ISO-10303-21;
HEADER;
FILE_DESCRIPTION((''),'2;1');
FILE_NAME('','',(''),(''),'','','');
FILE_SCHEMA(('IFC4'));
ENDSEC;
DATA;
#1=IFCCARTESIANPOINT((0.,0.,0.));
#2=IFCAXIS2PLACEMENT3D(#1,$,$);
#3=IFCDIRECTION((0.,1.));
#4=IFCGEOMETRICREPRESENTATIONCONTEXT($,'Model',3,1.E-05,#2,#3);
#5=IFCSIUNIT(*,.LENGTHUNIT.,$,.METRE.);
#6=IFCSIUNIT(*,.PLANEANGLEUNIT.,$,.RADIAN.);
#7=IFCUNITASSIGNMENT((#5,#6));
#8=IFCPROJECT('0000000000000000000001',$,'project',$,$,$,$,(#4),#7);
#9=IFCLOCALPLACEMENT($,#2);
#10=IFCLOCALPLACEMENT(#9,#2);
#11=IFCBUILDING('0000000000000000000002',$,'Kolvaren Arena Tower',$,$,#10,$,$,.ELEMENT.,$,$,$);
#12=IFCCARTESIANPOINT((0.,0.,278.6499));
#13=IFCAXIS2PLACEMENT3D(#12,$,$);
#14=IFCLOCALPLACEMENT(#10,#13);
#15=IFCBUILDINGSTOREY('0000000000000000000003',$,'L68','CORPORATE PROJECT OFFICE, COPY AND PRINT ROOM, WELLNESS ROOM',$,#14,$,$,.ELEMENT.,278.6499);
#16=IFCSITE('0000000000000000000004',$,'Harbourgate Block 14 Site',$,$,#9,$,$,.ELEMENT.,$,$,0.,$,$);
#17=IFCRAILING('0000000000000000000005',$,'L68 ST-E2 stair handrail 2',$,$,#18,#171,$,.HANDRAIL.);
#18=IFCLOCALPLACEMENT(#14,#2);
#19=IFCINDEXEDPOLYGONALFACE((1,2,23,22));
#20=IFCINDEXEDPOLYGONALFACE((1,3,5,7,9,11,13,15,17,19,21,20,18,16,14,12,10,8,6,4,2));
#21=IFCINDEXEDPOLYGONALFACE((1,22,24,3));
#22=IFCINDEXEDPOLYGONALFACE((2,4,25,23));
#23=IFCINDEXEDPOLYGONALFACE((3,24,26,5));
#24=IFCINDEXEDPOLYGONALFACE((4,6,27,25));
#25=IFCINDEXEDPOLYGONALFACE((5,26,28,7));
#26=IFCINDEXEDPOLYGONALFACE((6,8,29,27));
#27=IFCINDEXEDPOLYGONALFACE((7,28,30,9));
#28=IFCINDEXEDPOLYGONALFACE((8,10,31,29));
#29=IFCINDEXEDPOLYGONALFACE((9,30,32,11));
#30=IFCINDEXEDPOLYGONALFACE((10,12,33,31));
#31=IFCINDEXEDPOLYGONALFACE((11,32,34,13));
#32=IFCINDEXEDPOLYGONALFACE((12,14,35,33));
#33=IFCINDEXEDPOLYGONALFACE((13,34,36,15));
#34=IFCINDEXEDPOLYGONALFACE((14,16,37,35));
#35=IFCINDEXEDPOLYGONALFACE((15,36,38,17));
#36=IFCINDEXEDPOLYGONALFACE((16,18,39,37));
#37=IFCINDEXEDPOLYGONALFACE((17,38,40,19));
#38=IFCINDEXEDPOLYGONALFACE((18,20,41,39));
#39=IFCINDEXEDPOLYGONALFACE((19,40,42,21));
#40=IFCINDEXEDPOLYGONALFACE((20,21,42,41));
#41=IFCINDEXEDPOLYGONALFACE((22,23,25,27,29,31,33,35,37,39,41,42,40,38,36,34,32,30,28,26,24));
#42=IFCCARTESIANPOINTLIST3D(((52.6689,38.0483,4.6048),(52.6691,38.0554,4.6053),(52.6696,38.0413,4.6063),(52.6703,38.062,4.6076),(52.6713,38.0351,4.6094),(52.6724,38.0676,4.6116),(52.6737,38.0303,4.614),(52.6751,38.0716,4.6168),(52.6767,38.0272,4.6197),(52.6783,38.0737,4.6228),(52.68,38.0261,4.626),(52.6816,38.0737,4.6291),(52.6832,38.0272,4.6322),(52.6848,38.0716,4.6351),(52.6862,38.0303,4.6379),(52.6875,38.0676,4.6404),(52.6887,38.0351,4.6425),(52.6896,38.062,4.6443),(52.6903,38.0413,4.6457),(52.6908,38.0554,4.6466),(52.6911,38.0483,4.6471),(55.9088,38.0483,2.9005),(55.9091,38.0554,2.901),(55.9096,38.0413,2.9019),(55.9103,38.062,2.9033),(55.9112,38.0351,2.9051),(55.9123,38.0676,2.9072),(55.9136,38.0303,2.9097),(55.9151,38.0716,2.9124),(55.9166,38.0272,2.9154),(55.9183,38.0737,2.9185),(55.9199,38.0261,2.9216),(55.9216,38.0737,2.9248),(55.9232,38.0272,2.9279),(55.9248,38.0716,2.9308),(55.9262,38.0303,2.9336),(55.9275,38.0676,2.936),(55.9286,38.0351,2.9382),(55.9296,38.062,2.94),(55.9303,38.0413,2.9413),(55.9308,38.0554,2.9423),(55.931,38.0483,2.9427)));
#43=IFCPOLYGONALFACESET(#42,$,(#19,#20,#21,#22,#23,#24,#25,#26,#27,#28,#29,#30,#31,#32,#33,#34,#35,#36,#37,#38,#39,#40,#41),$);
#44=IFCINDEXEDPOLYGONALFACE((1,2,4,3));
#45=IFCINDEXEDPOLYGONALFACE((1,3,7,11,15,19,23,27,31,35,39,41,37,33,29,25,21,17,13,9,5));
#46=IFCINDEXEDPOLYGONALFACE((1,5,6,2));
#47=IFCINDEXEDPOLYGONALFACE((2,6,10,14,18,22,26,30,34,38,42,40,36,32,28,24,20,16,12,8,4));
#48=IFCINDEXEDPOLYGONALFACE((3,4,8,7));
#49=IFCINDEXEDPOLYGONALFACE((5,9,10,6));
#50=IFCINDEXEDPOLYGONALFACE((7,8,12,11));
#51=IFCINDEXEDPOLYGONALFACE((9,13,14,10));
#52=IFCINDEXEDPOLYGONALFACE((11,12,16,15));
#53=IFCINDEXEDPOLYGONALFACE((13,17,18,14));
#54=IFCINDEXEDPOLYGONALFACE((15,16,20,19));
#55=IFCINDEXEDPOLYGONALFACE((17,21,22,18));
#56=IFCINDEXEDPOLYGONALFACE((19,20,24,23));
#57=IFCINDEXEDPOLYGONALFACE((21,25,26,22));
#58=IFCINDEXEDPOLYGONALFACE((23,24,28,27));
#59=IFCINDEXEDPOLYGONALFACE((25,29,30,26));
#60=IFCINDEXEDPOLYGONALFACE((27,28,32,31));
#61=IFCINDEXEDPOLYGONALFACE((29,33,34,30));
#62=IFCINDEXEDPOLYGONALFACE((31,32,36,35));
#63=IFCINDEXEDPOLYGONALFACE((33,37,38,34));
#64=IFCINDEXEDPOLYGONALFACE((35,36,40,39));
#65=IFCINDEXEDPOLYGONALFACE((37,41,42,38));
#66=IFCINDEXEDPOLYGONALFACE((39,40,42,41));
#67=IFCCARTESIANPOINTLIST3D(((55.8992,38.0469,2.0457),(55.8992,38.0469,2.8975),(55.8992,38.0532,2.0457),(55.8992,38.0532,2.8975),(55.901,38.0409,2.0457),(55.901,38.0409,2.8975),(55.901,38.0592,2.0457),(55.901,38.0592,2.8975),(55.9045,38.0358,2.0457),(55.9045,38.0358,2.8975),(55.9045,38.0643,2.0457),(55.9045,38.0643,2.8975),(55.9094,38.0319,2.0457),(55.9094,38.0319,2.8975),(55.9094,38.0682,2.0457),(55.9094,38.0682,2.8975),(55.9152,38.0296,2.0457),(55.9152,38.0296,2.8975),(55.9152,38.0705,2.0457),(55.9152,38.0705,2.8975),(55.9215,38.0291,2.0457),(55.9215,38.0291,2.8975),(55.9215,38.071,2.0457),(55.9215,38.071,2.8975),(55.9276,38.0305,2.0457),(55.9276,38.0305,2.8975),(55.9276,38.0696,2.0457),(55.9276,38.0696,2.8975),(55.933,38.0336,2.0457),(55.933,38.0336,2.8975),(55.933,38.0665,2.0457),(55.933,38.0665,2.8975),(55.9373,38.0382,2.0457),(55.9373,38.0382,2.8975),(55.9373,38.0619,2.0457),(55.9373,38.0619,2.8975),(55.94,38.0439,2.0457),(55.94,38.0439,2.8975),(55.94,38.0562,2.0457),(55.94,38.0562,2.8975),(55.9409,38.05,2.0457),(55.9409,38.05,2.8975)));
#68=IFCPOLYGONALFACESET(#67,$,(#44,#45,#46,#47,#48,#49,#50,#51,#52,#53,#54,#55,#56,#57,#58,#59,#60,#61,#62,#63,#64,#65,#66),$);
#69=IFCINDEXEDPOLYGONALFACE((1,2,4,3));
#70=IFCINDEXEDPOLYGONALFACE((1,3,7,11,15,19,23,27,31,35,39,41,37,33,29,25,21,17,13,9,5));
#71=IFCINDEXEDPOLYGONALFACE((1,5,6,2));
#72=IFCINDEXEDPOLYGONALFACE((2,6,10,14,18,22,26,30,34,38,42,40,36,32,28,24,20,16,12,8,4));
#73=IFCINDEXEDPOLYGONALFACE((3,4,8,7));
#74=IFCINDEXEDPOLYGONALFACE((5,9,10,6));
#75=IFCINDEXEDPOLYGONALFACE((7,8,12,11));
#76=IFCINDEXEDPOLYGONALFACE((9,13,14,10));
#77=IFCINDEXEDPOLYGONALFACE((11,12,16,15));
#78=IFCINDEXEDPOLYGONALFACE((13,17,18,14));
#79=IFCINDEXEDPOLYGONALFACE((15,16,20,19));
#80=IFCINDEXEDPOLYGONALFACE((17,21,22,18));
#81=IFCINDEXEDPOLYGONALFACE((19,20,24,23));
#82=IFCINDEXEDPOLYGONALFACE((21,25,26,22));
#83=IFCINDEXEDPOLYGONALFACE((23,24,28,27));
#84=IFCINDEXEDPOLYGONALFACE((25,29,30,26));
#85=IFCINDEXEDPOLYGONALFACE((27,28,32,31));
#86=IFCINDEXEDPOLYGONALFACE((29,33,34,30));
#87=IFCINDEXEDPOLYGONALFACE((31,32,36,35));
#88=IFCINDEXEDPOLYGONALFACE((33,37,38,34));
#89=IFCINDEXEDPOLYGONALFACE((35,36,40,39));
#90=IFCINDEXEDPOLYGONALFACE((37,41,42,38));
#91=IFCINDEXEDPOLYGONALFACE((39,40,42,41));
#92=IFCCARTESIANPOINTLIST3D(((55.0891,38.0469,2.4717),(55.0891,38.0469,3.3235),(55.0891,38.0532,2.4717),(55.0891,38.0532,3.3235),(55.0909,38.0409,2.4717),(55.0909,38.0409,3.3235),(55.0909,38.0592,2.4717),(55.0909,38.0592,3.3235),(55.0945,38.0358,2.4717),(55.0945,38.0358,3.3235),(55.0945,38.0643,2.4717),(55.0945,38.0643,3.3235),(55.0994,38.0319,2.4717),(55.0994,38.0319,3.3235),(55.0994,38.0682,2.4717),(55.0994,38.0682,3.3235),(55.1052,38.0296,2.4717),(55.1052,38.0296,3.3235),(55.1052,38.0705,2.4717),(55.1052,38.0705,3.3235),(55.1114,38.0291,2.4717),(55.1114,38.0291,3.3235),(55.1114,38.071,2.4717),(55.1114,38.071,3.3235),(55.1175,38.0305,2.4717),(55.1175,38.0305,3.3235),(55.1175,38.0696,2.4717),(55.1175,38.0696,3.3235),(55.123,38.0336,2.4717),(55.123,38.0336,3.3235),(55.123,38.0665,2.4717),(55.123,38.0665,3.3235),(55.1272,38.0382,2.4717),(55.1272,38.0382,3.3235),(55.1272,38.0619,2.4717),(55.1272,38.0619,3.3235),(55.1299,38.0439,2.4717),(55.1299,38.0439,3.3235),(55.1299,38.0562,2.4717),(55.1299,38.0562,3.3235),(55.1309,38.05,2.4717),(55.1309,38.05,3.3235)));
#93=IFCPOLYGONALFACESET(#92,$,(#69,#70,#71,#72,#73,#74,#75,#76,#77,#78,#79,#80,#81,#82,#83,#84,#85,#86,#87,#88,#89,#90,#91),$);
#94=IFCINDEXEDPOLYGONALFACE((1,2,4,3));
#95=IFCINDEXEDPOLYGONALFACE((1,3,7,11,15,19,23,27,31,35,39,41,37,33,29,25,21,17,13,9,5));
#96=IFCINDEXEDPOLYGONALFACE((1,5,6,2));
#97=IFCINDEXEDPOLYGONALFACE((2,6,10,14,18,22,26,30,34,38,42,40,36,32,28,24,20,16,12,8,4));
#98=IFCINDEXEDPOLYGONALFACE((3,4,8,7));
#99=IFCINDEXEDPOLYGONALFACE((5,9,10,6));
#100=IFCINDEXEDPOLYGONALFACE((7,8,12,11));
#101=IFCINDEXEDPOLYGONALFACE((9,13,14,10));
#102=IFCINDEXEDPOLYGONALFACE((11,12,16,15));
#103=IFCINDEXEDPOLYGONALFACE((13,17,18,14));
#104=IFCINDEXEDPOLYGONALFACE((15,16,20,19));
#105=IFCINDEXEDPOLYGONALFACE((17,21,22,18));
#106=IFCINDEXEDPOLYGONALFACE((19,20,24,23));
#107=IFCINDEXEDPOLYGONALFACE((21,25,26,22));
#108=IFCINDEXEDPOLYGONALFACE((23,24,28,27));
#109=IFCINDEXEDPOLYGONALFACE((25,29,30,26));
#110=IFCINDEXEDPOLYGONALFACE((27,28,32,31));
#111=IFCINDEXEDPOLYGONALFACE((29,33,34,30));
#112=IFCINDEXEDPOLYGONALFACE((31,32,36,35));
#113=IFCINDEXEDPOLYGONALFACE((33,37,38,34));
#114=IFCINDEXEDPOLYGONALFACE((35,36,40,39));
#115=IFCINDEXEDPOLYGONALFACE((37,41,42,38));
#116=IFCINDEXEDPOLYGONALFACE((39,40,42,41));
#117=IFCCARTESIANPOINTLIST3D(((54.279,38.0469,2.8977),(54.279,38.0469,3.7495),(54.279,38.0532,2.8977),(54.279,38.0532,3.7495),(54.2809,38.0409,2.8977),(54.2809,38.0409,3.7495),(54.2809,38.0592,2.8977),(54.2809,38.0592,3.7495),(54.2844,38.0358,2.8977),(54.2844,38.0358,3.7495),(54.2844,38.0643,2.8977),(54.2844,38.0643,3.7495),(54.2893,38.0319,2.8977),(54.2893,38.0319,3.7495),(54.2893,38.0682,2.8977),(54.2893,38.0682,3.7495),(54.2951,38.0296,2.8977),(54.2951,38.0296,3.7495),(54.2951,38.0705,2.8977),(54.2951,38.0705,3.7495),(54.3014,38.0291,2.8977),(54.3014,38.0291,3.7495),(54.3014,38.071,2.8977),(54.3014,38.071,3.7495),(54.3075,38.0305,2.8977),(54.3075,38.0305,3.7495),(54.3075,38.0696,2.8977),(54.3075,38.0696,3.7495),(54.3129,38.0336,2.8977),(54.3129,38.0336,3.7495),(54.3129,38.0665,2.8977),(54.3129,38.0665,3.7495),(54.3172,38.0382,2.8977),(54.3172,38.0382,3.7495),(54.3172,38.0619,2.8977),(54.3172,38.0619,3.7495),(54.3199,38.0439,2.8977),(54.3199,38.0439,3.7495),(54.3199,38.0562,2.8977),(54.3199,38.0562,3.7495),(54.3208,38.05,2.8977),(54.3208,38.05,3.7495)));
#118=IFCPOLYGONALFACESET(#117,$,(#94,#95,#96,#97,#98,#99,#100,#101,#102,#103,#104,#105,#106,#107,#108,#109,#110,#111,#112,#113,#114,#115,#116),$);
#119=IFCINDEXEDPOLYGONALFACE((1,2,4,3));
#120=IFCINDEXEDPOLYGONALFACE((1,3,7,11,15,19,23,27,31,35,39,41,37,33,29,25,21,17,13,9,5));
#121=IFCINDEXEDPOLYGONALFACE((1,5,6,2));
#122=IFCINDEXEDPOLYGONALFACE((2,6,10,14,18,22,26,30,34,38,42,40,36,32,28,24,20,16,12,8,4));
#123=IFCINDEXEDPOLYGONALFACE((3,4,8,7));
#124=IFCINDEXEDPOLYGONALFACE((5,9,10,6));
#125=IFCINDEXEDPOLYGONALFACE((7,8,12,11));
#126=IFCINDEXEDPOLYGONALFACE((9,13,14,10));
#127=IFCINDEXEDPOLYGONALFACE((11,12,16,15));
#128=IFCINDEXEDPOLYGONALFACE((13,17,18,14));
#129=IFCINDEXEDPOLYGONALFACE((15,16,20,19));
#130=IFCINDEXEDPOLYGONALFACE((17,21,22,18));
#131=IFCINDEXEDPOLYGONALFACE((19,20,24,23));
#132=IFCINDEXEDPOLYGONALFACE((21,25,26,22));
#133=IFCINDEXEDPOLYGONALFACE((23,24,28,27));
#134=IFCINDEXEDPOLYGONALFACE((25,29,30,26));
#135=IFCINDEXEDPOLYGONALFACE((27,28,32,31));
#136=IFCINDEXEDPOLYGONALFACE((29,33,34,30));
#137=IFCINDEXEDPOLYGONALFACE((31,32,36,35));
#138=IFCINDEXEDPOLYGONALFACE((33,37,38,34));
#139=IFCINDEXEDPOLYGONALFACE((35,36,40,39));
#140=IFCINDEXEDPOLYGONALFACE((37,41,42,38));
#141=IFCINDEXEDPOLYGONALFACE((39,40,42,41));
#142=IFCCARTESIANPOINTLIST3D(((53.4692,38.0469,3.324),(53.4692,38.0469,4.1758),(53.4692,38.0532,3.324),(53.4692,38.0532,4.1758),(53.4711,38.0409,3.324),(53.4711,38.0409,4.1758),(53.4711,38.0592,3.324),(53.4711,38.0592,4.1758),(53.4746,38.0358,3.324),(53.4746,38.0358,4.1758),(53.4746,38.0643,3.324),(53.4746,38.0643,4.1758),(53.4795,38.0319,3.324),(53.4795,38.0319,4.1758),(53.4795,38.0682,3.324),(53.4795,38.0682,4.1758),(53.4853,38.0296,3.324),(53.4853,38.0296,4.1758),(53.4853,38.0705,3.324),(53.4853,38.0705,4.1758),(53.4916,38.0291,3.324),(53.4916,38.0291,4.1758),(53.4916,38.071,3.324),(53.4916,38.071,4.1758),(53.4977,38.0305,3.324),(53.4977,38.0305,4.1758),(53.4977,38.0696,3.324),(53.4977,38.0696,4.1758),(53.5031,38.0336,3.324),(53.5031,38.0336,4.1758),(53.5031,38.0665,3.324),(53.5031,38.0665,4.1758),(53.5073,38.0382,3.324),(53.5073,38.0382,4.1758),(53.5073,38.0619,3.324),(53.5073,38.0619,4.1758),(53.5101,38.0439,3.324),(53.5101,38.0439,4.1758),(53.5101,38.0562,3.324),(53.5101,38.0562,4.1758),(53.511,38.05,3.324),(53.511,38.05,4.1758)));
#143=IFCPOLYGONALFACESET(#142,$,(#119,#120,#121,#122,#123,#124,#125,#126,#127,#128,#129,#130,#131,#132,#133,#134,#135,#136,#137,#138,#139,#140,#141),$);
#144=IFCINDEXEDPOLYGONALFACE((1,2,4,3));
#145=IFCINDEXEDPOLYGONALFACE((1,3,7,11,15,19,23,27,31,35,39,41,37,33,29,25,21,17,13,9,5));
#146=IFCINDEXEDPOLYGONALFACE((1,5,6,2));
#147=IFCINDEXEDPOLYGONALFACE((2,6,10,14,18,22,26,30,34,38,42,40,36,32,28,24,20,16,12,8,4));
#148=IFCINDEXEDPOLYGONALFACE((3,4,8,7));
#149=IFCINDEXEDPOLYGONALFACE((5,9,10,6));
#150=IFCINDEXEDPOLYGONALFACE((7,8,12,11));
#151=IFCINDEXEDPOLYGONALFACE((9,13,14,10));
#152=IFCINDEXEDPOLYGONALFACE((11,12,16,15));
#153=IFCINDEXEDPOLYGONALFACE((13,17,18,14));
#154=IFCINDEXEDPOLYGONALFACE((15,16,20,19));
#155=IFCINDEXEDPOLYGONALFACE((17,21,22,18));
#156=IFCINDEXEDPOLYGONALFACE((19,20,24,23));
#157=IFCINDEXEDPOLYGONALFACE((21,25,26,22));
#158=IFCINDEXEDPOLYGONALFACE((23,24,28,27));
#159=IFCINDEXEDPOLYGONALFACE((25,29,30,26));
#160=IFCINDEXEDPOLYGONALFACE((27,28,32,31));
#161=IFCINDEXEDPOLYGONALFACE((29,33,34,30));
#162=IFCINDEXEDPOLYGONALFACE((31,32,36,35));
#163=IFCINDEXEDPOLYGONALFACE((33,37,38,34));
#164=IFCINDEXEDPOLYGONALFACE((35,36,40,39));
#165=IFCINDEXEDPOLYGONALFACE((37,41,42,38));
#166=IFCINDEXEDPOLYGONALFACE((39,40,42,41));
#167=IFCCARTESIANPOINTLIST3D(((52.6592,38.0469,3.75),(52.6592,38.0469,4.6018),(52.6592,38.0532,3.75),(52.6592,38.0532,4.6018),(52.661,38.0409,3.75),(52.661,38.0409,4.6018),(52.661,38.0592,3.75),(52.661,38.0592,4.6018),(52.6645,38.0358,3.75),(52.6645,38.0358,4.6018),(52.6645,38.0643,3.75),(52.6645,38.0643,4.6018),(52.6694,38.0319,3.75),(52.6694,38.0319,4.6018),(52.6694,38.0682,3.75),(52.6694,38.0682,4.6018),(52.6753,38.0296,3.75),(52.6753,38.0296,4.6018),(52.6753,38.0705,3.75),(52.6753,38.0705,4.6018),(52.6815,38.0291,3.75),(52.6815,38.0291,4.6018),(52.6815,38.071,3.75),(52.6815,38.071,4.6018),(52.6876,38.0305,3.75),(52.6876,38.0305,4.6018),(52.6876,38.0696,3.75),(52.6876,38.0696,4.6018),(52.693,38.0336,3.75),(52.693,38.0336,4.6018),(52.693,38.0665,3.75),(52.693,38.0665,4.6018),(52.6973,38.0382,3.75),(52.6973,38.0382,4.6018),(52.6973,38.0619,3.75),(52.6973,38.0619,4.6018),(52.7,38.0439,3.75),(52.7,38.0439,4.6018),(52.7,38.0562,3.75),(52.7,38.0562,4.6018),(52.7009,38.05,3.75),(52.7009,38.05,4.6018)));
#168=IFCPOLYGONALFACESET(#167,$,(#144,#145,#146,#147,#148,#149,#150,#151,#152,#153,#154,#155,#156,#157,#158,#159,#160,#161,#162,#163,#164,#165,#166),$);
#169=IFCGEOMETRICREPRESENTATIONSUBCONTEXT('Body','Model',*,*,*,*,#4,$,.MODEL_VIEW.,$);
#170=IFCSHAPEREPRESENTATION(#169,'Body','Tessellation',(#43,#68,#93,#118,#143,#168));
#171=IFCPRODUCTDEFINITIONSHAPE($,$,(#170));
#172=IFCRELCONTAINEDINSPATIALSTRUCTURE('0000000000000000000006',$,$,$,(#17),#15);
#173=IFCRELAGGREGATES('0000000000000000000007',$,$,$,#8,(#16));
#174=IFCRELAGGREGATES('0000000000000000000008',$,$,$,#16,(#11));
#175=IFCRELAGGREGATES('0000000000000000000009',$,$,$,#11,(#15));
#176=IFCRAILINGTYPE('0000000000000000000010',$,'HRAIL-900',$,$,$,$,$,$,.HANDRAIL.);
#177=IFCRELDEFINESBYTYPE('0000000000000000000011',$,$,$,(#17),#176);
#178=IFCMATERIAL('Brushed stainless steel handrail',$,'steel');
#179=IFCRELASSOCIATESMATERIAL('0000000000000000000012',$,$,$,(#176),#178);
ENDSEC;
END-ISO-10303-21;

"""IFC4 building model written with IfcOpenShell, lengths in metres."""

from ifc_helpers import new_model, si_unit, direction, frame, origin, origin_2d, place, context, subcontext, project, spatial, circle, extrude, material, type_object, element, save


model = new_model("IFC4")

# Units and contexts
model_context = context("Model", 3, precision=1e-05, world=origin(), true_north=direction((0.0, 1.0)))
body_context = subcontext(model_context, "Body", "Model", "MODEL_VIEW")
ifc_project = project(units=[si_unit("LENGTHUNIT", "METRE"), si_unit("PLANEANGLEUNIT", "RADIAN")], contexts=[model_context])

# Site, building, storey
site_placement = place(None, origin())
site = spatial("IfcSite", under=ifc_project, at=site_placement, Name="Harbourgate Block 14 Site", CompositionType="ELEMENT", RefElevation=0.0)
building_placement = place(site_placement, origin())
building = spatial("IfcBuilding", under=site, at=building_placement, Name="Kolvaren Arena Tower", CompositionType="ELEMENT")
storey_placement = place(building_placement, frame((0.0, 0.0, 278.6499)))
storey = spatial("IfcBuildingStorey", under=building, at=storey_placement, Name="L68", Description="CORPORATE PROJECT OFFICE, COPY AND PRINT ROOM, WELLNESS ROOM", CompositionType="ELEMENT", Elevation=278.6499)

# Railing
ifc_material_1 = material(Name="Brushed stainless steel handrail", Category="steel")
railing_type = type_object("IfcRailingType", Name="HRAIL-900", PredefinedType="HANDRAIL", material=ifc_material_1)
railing_placement = place(storey_placement, frame((55.9199, 38.05, 2.0457)))
element("IfcRailing", 1, at=railing_placement, inside=storey, type_object=railing_type, Name="L68 ST-E2 stair handrail 2", PredefinedType="HANDRAIL", context=body_context, shape_type="SweptSolid", body=[
    extrude(circle(Radius=0.0239, at=origin_2d()), frame((0.0, 0.0, 0.876), z_axis=(-0.885021, 0.0, 0.465551), x_axis=(0.0, -1.0, 0.0)), (0.0, 0.0, 1.0), 3.6609),
    extrude(circle(Radius=0.021, at=origin_2d()), origin(), (0.0, 0.0, 1.0), 0.8518),
    extrude(circle(Radius=0.021, at=origin_2d()), frame((-0.8101, 0.0, 0.426)), (0.0, 0.0, 1.0), 0.8518),
    extrude(circle(Radius=0.021, at=origin_2d()), frame((-1.6201, 0.0, 0.8521)), (0.0, 0.0, 1.0), 0.8518),
    extrude(circle(Radius=0.021, at=origin_2d()), frame((-2.4299, 0.0, 1.2783)), (0.0, 0.0, 1.0), 0.8518),
    extrude(circle(Radius=0.021, at=origin_2d()), frame((-3.24, 0.0, 1.7043)), (0.0, 0.0, 1.0), 0.8518),
])

save(model, "model.ifc")
